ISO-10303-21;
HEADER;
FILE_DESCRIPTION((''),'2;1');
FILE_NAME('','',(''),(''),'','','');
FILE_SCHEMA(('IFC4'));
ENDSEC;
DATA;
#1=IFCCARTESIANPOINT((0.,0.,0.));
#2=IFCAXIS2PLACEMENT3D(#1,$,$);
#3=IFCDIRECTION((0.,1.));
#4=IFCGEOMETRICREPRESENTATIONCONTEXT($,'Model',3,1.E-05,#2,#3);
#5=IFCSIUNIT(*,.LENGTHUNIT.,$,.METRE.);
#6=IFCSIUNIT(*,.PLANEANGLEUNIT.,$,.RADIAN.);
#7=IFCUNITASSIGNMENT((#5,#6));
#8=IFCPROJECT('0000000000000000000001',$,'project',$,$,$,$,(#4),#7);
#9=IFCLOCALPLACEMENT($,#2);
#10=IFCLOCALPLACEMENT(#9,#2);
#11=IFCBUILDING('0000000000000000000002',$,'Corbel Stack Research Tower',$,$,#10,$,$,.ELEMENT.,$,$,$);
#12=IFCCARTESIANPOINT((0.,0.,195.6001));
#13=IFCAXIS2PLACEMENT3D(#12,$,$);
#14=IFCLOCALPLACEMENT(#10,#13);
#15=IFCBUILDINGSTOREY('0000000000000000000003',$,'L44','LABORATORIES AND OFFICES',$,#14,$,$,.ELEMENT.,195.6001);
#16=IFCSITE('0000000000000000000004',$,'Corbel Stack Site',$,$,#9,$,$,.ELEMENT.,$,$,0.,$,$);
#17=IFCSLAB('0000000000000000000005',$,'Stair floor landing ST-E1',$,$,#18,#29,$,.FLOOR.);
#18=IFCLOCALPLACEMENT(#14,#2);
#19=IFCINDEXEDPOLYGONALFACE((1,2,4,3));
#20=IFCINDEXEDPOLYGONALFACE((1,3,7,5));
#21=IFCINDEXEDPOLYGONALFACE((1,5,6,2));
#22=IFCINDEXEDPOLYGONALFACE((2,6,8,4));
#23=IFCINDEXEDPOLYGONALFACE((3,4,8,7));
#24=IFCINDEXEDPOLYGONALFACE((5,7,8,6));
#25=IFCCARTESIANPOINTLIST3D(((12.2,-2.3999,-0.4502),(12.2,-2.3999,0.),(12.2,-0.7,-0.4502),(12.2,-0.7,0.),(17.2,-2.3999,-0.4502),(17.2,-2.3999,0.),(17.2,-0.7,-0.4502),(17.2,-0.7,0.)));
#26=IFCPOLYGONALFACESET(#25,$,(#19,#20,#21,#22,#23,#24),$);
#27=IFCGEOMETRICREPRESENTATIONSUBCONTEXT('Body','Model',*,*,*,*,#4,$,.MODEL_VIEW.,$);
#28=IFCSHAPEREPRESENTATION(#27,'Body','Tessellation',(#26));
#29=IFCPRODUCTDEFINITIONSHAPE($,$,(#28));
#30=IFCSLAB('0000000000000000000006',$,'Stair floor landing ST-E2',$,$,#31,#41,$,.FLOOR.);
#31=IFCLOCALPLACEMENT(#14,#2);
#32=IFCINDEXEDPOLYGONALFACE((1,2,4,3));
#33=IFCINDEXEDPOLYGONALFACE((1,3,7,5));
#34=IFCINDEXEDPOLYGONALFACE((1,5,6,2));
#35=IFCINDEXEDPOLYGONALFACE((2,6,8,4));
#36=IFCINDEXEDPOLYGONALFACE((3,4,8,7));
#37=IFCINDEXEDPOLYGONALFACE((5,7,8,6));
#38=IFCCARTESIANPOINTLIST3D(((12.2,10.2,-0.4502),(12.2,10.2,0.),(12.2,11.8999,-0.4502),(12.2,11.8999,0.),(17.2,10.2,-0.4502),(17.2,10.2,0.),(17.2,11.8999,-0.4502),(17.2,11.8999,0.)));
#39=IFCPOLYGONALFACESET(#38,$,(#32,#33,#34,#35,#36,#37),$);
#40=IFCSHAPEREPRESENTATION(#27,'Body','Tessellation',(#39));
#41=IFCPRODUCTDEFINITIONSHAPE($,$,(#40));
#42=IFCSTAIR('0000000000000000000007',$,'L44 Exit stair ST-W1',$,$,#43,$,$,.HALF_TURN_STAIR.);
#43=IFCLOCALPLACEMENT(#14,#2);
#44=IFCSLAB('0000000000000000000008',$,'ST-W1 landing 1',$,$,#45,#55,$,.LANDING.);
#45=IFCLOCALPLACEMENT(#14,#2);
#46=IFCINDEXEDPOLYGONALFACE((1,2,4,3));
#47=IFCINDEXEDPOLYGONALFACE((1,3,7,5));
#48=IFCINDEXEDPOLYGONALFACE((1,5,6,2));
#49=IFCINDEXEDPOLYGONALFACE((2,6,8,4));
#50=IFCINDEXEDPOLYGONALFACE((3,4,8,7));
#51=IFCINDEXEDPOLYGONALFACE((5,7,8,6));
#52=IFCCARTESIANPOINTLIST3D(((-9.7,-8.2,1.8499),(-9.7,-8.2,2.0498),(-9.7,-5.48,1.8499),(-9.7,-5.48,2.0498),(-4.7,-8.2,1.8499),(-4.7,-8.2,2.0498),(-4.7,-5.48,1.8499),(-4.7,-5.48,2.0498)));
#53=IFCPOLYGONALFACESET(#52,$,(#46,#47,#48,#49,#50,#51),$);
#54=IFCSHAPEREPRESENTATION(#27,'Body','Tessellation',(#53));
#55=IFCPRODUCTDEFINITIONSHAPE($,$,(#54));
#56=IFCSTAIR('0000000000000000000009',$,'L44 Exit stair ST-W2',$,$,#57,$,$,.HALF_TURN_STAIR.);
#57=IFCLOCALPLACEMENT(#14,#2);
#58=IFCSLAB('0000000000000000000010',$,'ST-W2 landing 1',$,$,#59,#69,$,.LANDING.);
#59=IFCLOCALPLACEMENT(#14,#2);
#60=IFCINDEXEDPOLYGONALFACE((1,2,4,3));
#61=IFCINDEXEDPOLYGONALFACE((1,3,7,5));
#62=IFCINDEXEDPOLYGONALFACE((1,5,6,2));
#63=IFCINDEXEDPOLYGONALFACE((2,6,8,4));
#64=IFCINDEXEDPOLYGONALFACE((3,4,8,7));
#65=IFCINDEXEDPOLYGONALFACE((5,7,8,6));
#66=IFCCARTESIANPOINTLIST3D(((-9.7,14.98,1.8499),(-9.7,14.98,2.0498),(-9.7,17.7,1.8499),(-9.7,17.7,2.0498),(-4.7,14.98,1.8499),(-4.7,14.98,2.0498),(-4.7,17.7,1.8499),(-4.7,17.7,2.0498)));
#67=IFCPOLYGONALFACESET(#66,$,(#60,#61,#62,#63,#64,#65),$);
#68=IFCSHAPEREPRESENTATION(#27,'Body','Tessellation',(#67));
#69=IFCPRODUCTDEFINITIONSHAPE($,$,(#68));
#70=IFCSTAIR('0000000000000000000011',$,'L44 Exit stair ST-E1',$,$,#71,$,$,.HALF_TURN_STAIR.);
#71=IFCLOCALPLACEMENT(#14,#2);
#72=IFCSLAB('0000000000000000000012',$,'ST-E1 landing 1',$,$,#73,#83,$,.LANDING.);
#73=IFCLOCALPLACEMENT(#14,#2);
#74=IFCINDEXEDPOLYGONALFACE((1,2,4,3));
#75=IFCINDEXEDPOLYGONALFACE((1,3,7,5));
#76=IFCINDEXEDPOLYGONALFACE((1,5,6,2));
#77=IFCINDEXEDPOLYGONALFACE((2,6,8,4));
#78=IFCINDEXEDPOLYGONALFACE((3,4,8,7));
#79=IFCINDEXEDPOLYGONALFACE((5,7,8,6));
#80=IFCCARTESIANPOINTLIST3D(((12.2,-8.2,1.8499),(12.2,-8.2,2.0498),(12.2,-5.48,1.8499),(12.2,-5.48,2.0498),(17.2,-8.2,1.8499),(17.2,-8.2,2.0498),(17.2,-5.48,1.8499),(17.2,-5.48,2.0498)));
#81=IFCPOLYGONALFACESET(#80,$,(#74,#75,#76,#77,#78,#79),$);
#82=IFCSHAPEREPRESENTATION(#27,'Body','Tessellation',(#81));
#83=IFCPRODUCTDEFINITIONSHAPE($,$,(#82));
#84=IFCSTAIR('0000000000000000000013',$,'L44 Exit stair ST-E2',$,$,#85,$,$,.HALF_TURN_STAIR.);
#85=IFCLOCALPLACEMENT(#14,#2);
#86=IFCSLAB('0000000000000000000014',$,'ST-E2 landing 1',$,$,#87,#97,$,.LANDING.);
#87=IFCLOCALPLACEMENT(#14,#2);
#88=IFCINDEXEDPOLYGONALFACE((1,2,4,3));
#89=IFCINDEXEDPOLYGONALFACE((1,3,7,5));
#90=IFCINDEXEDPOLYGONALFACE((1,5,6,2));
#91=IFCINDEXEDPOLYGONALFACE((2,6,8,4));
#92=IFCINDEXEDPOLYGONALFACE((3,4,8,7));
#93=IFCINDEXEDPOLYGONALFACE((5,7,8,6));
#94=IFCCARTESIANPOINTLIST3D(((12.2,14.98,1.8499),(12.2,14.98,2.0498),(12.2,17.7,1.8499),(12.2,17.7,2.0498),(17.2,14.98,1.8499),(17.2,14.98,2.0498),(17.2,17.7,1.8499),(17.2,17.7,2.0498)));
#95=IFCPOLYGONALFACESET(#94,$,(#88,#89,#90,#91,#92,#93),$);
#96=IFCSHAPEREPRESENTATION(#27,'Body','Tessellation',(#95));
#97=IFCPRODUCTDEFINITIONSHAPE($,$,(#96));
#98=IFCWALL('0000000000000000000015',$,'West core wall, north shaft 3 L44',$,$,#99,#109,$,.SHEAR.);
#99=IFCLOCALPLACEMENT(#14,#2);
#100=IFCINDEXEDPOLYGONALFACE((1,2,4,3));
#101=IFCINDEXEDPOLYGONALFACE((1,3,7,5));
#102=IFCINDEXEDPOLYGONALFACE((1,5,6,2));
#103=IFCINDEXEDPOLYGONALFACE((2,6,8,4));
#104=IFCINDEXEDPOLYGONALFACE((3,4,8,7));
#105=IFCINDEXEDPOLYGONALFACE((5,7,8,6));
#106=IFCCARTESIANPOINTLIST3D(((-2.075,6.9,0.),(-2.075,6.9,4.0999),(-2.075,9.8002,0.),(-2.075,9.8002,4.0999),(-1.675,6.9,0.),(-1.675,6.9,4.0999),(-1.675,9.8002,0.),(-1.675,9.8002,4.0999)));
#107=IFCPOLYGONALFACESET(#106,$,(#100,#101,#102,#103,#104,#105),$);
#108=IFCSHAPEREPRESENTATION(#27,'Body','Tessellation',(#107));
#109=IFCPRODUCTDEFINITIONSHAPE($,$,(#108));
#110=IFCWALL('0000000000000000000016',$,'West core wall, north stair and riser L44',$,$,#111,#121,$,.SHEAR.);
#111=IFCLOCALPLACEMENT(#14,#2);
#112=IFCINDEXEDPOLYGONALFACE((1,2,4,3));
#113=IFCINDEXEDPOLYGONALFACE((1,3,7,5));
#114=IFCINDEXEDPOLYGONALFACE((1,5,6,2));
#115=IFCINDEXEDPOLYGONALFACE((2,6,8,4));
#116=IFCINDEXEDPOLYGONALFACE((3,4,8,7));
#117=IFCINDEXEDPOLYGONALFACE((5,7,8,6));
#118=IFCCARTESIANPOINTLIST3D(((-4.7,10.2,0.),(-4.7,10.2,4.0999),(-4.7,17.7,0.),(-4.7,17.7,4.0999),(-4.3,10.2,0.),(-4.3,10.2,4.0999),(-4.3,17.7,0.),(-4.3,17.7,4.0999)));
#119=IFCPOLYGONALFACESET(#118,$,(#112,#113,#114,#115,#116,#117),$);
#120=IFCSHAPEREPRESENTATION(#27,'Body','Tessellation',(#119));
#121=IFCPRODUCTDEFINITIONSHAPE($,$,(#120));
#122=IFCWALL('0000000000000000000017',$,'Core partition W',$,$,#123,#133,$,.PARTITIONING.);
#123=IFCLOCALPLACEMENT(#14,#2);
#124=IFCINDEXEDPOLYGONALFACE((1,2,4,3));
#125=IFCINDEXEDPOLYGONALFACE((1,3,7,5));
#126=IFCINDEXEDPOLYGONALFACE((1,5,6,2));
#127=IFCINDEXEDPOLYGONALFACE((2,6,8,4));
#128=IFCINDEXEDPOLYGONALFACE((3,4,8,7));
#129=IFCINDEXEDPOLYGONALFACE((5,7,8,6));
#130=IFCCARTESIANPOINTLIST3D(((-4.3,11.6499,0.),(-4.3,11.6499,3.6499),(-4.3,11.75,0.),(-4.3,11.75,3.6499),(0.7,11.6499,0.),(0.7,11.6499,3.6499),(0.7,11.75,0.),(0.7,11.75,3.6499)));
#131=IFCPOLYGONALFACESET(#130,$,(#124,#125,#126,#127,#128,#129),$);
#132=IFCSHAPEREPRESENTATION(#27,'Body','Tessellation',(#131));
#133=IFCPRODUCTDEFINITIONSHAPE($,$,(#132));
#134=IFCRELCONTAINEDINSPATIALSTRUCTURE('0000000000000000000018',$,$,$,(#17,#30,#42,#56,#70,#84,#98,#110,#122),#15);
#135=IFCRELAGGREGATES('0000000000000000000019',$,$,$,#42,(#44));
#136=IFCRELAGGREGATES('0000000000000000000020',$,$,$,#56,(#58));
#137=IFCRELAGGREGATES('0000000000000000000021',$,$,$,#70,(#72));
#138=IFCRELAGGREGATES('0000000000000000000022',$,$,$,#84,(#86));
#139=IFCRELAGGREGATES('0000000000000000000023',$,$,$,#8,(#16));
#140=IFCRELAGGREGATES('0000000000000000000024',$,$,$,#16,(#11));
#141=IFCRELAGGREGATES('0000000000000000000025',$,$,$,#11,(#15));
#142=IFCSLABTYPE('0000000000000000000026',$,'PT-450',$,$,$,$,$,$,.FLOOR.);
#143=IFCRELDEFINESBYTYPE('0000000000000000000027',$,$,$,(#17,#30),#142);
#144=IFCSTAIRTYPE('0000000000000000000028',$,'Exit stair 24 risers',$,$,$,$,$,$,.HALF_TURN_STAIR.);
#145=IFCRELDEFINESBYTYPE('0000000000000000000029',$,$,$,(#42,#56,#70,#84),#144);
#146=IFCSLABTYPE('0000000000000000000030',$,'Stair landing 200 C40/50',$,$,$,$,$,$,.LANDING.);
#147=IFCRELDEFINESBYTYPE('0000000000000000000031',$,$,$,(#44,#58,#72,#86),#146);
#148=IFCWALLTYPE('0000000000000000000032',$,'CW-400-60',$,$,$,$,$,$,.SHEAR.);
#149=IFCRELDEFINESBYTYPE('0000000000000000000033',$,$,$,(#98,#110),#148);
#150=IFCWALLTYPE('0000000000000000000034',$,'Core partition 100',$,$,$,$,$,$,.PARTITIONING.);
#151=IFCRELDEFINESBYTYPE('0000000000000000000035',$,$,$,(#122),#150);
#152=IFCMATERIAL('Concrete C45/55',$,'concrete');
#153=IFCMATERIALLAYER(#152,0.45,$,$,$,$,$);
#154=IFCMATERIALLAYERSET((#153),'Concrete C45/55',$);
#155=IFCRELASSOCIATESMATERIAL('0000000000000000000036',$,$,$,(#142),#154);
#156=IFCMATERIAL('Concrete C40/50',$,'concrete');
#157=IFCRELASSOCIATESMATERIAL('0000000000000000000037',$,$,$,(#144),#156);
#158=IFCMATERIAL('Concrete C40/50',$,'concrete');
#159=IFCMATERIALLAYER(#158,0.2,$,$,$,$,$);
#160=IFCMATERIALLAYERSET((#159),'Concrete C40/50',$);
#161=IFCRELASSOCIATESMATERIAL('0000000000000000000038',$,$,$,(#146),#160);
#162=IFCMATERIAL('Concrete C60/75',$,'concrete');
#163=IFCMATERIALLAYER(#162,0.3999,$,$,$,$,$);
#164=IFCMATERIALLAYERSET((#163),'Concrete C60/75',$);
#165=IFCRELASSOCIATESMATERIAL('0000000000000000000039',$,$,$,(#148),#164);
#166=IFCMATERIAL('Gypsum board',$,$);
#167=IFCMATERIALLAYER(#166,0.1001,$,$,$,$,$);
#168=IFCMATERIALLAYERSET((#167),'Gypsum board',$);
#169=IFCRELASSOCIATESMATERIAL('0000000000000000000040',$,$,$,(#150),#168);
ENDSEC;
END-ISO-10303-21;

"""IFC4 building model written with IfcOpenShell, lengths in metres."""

from ifc_helpers import new_model, si_unit, direction, frame, frame_2d, origin, place, context, subcontext, project, spatial, polyline, rectangle, outline, extrude, material, layer, layer_set, type_object, element, aggregate, save


model = new_model("IFC4")

# Units and contexts
model_context = context("Model", 3, precision=1e-05, world=origin(), true_north=direction((0.0, 1.0)))
body_context = subcontext(model_context, "Body", "Model", "MODEL_VIEW")
ifc_project = project(units=[si_unit("LENGTHUNIT", "METRE"), si_unit("PLANEANGLEUNIT", "RADIAN")], contexts=[model_context])

# Site, building, storey
site_placement = place(None, origin())
site = spatial("IfcSite", under=ifc_project, at=site_placement, Name="Corbel Stack Site", CompositionType="ELEMENT", RefElevation=0.0)
building_placement = place(site_placement, origin())
building = spatial("IfcBuilding", under=site, at=building_placement, Name="Corbel Stack Research Tower", CompositionType="ELEMENT")
storey_placement = place(building_placement, frame((0.0, 0.0, 195.6001)))
storey = spatial("IfcBuildingStorey", under=building, at=storey_placement, Name="L44", Description="LABORATORIES AND OFFICES", CompositionType="ELEMENT", Elevation=195.6001)

# Slabs
ifc_material_1 = material(Name="Concrete C45/55", Category="concrete")
ifc_layer_1 = layer(ifc_material_1, 0.45)
ifc_layer_set_1 = layer_set([ifc_layer_1], Name="Concrete C45/55")
slab_type_1 = type_object("IfcSlabType", Name="PT-450", PredefinedType="FLOOR", material=ifc_layer_set_1)
slab_1_placement = place(storey_placement, frame((0.0, 0.0, -0.4502)))
element("IfcSlab", 1, at=slab_1_placement, inside=storey, type_object=slab_type_1, Name="Stair floor landing ST-E1", PredefinedType="FLOOR", context=body_context, shape_type="SweptSolid", body=[
    extrude(outline(polyline([(12.2, -2.3999), (17.2, -2.3999), (17.2, -0.7), (12.2, -0.7), (12.2, -2.3999)])), origin(), (0.0, 0.0, 1.0), 0.4502),
])
slab_2_placement = place(storey_placement, frame((0.0, 0.0, -0.4502)))
element("IfcSlab", 2, at=slab_2_placement, inside=storey, type_object=slab_type_1, Name="Stair floor landing ST-E2", PredefinedType="FLOOR", context=body_context, shape_type="SweptSolid", body=[
    extrude(outline(polyline([(12.2, 10.2), (17.2, 10.2), (17.2, 11.8999), (12.2, 11.8999), (12.2, 10.2)])), origin(), (0.0, 0.0, 1.0), 0.4502),
])

# Stairs, slabs
ifc_material_2 = material(Name="Concrete C40/50", Category="concrete")
stair_type = type_object("IfcStairType", Name="Exit stair 24 risers", PredefinedType="HALF_TURN_STAIR", material=ifc_material_2)
stair_1_placement = place(storey_placement, origin())
stair_1 = element("IfcStair", 3, at=stair_1_placement, inside=storey, type_object=stair_type, Name="L44 Exit stair ST-W1", PredefinedType="HALF_TURN_STAIR")
ifc_material_3 = material(Name="Concrete C40/50", Category="concrete")
ifc_layer_2 = layer(ifc_material_3, 0.2)
ifc_layer_set_2 = layer_set([ifc_layer_2], Name="Concrete C40/50")
slab_type_2 = type_object("IfcSlabType", Name="Stair landing 200 C40/50", PredefinedType="LANDING", material=ifc_layer_set_2)
slab_3_placement = place(storey_placement, frame((0.0, 0.0, 1.8499)))
slab_3 = element("IfcSlab", 4, at=slab_3_placement, type_object=slab_type_2, Name="ST-W1 landing 1", PredefinedType="LANDING", context=body_context, shape_type="SweptSolid", body=[
    extrude(outline(polyline([(-9.7, -8.2), (-9.7, -5.48), (-4.7, -5.48), (-4.7, -8.2), (-9.7, -8.2)])), origin(), (0.0, 0.0, 1.0), 0.2),
])
aggregate(stair_1, [slab_3])
stair_2_placement = place(storey_placement, origin())
stair_2 = element("IfcStair", 5, at=stair_2_placement, inside=storey, type_object=stair_type, Name="L44 Exit stair ST-W2", PredefinedType="HALF_TURN_STAIR")
slab_4_placement = place(storey_placement, frame((0.0, 0.0, 1.8499)))
slab_4 = element("IfcSlab", 6, at=slab_4_placement, type_object=slab_type_2, Name="ST-W2 landing 1", PredefinedType="LANDING", context=body_context, shape_type="SweptSolid", body=[
    extrude(outline(polyline([(-9.7, 14.98), (-9.7, 17.7), (-4.7, 17.7), (-4.7, 14.98), (-9.7, 14.98)])), origin(), (0.0, 0.0, 1.0), 0.2),
])
aggregate(stair_2, [slab_4])
stair_3_placement = place(storey_placement, origin())
stair_3 = element("IfcStair", 7, at=stair_3_placement, inside=storey, type_object=stair_type, Name="L44 Exit stair ST-E1", PredefinedType="HALF_TURN_STAIR")
slab_5_placement = place(storey_placement, frame((0.0, 0.0, 1.8499)))
slab_5 = element("IfcSlab", 8, at=slab_5_placement, type_object=slab_type_2, Name="ST-E1 landing 1", PredefinedType="LANDING", context=body_context, shape_type="SweptSolid", body=[
    extrude(outline(polyline([(12.2, -8.2), (12.2, -5.48), (17.2, -5.48), (17.2, -8.2), (12.2, -8.2)])), origin(), (0.0, 0.0, 1.0), 0.2),
])
aggregate(stair_3, [slab_5])
stair_4_placement = place(storey_placement, origin())
stair_4 = element("IfcStair", 9, at=stair_4_placement, inside=storey, type_object=stair_type, Name="L44 Exit stair ST-E2", PredefinedType="HALF_TURN_STAIR")
slab_6_placement = place(storey_placement, frame((0.0, 0.0, 1.8499)))
slab_6 = element("IfcSlab", 10, at=slab_6_placement, type_object=slab_type_2, Name="ST-E2 landing 1", PredefinedType="LANDING", context=body_context, shape_type="SweptSolid", body=[
    extrude(outline(polyline([(12.2, 14.98), (12.2, 17.7), (17.2, 17.7), (17.2, 14.98), (12.2, 14.98)])), origin(), (0.0, 0.0, 1.0), 0.2),
])
aggregate(stair_4, [slab_6])

# Walls
ifc_material_4 = material(Name="Concrete C60/75", Category="concrete")
ifc_layer_3 = layer(ifc_material_4, 0.3999)
ifc_layer_set_3 = layer_set([ifc_layer_3], Name="Concrete C60/75")
wall_type_1 = type_object("IfcWallType", Name="CW-400-60", PredefinedType="SHEAR", material=ifc_layer_set_3)
wall_1_placement = place(storey_placement, frame((-1.875, 6.8999, 0.0), z_axis=(0.0, 0.0, 1.0), x_axis=(0.0, 1.0, 0.0)))
element("IfcWall", 11, at=wall_1_placement, inside=storey, type_object=wall_type_1, Name="West core wall, north shaft 3 L44", PredefinedType="SHEAR", context=body_context, shape_type="SweptSolid", body=[
    extrude(rectangle(XDim=2.9001, YDim=0.3999, at=frame_2d((1.4502, 0.0))), origin(), (0.0, 0.0, 1.0), 4.0999),
])
wall_2_placement = place(storey_placement, frame((-4.5, 10.2, 0.0), z_axis=(0.0, 0.0, 1.0), x_axis=(0.0, 1.0, 0.0)))
element("IfcWall", 12, at=wall_2_placement, inside=storey, type_object=wall_type_1, Name="West core wall, north stair and riser L44", PredefinedType="SHEAR", context=body_context, shape_type="SweptSolid", body=[
    extrude(rectangle(XDim=7.5, YDim=0.3999, at=frame_2d((3.75, 0.0))), origin(), (0.0, 0.0, 1.0), 4.0999),
])
ifc_material_5 = material(Name="Gypsum board")
ifc_layer_4 = layer(ifc_material_5, 0.1001)
ifc_layer_set_4 = layer_set([ifc_layer_4], Name="Gypsum board")
wall_type_2 = type_object("IfcWallType", Name="Core partition 100", PredefinedType="PARTITIONING", material=ifc_layer_set_4)
wall_3_placement = place(storey_placement, frame((-4.3, 11.7, 0.0), z_axis=(0.0, 0.0, 1.0), x_axis=(1.0, 0.0, 0.0)))
element("IfcWall", 13, at=wall_3_placement, inside=storey, type_object=wall_type_2, Name="Core partition W", PredefinedType="PARTITIONING", context=body_context, shape_type="SweptSolid", body=[
    extrude(rectangle(XDim=5.0, YDim=0.1001, at=frame_2d((2.5, 0.0))), origin(), (0.0, 0.0, 1.0), 3.6499),
])

save(model, "model.ifc")
